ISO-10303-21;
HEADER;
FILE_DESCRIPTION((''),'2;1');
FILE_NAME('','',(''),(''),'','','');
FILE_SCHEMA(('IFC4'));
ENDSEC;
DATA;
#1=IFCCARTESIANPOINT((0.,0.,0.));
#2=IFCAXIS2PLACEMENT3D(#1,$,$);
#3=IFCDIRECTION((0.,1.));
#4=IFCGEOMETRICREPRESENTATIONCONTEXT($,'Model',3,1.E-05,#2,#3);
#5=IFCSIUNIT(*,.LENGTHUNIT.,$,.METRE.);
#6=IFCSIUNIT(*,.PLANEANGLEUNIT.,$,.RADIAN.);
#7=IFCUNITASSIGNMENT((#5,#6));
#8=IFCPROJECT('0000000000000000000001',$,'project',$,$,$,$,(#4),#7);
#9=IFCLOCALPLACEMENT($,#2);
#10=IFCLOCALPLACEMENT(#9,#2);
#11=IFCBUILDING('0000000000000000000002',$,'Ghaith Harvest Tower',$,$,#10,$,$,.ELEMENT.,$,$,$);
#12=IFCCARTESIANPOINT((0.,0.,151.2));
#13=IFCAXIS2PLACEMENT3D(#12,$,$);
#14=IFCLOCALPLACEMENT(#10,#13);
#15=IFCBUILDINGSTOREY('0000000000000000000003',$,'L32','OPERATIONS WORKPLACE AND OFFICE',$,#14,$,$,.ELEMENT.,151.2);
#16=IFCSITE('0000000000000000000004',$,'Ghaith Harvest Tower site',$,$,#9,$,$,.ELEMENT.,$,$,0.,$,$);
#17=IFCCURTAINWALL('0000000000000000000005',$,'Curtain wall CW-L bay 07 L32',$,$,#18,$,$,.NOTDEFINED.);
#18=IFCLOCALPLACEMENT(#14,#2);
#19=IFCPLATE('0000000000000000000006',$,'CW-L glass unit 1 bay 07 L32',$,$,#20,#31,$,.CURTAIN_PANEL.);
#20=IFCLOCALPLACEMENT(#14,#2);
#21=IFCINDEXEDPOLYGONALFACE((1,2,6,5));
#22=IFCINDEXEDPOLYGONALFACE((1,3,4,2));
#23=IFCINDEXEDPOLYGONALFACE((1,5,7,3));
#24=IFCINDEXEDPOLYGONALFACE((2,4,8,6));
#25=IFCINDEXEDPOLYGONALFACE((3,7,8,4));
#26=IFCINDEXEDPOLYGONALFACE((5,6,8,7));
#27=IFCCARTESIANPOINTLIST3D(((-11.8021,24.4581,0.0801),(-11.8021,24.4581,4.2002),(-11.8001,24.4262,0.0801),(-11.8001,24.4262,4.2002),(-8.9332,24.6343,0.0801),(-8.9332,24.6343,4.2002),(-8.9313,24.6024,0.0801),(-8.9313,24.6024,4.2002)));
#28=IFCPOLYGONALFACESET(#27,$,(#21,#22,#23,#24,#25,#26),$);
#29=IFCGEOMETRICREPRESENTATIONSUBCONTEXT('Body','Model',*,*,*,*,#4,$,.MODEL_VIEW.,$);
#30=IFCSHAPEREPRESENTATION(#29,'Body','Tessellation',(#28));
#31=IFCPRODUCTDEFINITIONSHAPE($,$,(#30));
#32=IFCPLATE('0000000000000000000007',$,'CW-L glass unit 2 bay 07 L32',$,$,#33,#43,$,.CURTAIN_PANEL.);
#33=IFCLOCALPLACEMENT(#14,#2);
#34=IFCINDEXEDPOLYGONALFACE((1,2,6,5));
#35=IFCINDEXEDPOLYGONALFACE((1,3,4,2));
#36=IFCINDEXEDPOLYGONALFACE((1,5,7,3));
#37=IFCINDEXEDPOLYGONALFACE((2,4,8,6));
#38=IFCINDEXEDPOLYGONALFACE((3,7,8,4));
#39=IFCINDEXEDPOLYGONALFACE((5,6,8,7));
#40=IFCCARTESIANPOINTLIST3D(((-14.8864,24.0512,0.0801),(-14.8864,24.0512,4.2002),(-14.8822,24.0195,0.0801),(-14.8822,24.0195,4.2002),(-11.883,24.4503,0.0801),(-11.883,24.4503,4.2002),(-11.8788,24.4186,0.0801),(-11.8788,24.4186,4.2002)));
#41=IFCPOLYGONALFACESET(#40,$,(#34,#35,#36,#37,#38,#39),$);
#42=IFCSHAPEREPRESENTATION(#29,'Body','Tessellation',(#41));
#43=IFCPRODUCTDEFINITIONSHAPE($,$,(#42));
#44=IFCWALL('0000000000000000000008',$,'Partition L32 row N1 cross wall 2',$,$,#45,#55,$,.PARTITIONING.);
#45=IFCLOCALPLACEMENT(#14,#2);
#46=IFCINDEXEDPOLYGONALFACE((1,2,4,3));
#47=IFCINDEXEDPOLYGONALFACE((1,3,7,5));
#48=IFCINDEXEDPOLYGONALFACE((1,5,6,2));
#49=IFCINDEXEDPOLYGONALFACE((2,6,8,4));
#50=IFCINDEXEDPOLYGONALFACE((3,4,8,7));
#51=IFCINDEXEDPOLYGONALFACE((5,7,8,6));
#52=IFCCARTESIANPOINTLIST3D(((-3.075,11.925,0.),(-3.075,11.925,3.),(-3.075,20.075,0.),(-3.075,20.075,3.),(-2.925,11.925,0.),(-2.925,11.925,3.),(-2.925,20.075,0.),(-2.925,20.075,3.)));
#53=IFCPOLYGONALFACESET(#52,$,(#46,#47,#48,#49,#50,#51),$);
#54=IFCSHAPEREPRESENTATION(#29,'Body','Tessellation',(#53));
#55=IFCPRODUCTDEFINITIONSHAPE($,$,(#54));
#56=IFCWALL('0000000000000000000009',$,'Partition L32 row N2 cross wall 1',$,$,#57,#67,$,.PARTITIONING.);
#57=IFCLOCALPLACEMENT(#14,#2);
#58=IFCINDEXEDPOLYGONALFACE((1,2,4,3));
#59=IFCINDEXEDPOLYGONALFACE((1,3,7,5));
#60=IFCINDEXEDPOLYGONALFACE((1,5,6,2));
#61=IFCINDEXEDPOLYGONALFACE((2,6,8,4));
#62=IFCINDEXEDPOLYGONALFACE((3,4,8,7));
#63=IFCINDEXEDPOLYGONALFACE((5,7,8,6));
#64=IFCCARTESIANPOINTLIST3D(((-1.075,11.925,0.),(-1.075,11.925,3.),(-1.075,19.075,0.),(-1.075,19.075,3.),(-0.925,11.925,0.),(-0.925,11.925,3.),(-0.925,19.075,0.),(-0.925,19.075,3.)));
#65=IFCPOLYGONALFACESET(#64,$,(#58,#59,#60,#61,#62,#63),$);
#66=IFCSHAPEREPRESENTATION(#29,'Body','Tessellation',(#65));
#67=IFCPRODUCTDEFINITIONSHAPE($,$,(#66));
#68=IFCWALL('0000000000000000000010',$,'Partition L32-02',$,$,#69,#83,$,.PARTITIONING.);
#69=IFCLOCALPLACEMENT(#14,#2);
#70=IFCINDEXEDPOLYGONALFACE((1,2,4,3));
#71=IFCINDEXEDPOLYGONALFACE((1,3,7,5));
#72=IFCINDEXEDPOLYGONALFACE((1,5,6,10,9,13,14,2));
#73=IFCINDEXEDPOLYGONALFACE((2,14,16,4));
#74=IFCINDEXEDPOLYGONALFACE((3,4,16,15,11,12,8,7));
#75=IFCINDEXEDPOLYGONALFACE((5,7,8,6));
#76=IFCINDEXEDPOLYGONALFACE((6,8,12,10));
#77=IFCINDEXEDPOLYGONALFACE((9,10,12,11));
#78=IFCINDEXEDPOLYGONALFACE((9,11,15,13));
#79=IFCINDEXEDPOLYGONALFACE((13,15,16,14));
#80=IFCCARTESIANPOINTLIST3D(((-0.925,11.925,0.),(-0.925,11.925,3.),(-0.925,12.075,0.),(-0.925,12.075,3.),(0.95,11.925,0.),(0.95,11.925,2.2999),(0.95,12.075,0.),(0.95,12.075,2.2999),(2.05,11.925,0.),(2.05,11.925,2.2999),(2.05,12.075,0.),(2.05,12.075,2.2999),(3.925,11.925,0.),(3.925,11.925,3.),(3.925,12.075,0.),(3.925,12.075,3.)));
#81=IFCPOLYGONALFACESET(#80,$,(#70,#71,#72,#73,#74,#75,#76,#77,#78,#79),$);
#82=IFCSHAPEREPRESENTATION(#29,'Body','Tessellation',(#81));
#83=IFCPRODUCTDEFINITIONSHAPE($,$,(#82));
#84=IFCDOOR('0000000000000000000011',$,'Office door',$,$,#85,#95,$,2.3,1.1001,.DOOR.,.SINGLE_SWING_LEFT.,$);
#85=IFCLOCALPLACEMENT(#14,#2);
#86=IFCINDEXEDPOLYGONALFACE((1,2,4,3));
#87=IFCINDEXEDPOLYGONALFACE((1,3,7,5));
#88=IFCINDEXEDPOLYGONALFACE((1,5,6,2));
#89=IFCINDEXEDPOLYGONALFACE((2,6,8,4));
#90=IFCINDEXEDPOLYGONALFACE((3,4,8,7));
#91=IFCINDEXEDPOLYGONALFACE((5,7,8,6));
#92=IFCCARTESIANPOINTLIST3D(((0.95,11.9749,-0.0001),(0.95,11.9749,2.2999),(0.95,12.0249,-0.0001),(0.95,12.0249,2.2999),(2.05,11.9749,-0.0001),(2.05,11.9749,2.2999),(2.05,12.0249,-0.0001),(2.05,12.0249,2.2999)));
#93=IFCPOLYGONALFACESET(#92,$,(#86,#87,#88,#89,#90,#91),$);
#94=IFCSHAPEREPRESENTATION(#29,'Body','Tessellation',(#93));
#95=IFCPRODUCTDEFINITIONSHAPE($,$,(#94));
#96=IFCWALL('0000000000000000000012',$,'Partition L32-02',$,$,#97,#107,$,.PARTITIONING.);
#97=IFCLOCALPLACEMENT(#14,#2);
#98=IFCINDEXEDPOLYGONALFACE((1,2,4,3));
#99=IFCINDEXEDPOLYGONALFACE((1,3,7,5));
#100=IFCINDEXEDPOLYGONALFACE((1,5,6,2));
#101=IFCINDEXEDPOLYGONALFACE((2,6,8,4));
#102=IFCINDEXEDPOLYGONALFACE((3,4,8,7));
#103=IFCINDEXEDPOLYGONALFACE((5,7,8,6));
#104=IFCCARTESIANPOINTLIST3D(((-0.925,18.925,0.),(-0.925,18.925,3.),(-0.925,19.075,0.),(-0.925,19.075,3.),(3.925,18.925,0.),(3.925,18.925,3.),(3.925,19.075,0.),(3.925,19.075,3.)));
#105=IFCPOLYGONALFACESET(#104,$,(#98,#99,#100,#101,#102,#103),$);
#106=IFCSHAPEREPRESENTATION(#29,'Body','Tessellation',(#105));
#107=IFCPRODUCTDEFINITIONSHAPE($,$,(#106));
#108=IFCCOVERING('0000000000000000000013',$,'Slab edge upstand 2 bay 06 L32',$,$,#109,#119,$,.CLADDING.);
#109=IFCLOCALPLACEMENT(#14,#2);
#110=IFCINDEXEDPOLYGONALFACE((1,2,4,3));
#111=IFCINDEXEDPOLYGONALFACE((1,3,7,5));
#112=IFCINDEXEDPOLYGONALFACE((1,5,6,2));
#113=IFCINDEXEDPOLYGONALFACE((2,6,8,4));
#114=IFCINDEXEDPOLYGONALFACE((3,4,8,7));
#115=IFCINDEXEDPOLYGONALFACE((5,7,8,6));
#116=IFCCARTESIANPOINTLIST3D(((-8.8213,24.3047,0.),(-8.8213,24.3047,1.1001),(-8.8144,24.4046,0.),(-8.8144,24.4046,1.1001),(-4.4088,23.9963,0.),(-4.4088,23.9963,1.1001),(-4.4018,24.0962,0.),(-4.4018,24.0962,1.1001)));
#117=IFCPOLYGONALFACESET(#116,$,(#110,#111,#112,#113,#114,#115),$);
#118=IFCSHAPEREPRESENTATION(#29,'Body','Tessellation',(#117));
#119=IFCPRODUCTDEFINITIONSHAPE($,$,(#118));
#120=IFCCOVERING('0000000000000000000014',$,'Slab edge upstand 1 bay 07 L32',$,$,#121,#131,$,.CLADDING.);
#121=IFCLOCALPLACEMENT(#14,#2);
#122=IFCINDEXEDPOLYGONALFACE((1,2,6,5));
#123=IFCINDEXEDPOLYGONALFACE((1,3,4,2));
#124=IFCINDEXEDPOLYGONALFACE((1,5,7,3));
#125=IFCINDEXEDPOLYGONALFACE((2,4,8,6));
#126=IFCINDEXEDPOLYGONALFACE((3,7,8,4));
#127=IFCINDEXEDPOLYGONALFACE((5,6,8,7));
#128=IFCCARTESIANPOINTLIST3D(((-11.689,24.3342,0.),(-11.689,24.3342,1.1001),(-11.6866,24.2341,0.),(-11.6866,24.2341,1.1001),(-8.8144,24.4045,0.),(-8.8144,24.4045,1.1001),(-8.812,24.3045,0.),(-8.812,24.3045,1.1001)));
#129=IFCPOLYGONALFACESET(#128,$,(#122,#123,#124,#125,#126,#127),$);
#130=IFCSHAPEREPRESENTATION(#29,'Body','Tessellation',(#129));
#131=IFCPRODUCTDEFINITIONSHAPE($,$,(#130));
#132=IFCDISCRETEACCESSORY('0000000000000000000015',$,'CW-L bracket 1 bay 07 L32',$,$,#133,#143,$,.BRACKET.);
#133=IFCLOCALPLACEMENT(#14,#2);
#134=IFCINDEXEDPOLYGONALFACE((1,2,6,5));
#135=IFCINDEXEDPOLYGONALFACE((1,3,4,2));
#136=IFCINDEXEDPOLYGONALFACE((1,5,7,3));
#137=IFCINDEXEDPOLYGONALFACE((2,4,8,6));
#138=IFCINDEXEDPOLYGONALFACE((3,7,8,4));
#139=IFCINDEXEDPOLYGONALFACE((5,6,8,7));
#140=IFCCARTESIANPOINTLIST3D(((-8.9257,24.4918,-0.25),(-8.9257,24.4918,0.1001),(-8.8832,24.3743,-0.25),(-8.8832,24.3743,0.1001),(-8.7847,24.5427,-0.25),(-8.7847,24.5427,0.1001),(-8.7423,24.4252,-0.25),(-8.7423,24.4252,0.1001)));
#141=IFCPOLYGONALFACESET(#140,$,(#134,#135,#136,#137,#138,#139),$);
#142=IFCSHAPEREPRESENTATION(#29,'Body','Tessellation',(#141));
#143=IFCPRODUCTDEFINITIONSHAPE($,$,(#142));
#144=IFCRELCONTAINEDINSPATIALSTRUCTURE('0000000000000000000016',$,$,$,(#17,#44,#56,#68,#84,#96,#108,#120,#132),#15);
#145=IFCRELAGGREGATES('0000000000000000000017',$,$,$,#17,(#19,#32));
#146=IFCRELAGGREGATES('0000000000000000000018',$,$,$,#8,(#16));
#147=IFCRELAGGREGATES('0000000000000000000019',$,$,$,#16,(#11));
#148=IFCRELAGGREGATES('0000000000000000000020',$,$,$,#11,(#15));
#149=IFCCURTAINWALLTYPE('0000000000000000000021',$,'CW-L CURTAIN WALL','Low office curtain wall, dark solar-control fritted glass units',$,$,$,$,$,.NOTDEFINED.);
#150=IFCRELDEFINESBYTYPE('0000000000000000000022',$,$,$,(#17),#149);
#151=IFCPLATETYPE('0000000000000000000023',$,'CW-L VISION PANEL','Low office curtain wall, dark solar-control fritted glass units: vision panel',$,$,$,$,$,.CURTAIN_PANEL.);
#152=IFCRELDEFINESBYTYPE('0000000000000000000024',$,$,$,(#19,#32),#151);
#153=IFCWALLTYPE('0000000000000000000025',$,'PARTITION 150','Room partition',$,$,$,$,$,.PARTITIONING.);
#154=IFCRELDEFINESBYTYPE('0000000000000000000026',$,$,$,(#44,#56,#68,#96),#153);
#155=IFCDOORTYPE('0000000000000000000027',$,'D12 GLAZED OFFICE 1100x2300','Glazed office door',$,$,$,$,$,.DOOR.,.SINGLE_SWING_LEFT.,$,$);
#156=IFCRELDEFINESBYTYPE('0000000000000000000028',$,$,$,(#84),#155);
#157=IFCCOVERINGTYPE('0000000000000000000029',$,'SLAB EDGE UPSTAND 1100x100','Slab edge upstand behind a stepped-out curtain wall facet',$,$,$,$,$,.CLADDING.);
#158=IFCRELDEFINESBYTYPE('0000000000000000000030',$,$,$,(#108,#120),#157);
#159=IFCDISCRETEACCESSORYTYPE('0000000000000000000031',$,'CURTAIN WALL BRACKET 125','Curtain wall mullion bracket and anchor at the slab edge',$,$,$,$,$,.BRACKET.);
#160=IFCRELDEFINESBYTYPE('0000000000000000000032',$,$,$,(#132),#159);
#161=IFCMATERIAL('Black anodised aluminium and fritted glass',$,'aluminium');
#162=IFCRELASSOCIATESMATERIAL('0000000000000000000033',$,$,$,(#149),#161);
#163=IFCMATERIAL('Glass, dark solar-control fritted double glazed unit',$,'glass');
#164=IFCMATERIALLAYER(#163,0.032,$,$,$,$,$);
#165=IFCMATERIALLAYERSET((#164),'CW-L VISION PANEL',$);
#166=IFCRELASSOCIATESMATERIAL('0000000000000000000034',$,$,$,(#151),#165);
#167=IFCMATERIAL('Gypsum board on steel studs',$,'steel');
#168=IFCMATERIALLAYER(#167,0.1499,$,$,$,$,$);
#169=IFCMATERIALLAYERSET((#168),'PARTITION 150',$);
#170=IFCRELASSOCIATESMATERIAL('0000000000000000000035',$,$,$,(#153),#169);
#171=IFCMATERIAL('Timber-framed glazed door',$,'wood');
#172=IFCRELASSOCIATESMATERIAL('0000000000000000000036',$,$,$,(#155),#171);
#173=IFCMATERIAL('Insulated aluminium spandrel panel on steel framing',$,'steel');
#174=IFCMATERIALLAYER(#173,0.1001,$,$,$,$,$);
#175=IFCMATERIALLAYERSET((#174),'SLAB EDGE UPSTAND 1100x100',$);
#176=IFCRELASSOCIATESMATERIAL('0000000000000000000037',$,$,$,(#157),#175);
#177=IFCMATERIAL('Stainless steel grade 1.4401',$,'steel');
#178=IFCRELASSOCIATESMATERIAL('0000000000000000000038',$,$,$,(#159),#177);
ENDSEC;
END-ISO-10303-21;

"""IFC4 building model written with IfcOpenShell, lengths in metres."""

from ifc_helpers import new_model, si_unit, direction, frame, frame_2d, origin, origin_2d, place, context, subcontext, project, spatial, rectangle, extrude, material, layer, layer_set, type_object, element, fill, aggregate, save


model = new_model("IFC4")

# Units and contexts
model_context = context("Model", 3, precision=1e-05, world=origin(), true_north=direction((0.0, 1.0)))
body_context = subcontext(model_context, "Body", "Model", "MODEL_VIEW")
ifc_project = project(units=[si_unit("LENGTHUNIT", "METRE"), si_unit("PLANEANGLEUNIT", "RADIAN")], contexts=[model_context])

# Site, building, storey
site_placement = place(None, origin())
site = spatial("IfcSite", under=ifc_project, at=site_placement, Name="Ghaith Harvest Tower site", CompositionType="ELEMENT", RefElevation=0.0)
building_placement = place(site_placement, origin())
building = spatial("IfcBuilding", under=site, at=building_placement, Name="Ghaith Harvest Tower", CompositionType="ELEMENT")
storey_placement = place(building_placement, frame((0.0, 0.0, 151.2)))
storey = spatial("IfcBuildingStorey", under=building, at=storey_placement, Name="L32", Description="OPERATIONS WORKPLACE AND OFFICE", CompositionType="ELEMENT", Elevation=151.2)

# Curtain wall
ifc_material_1 = material(Name="Black anodised aluminium and fritted glass", Category="aluminium")
curtain_wall_type = type_object("IfcCurtainWallType", Name="CW-L CURTAIN WALL", Description="Low office curtain wall, dark solar-control fritted glass units", PredefinedType="NOTDEFINED", material=ifc_material_1)
curtain_wall_1_placement = place(storey_placement, origin())
curtain_wall_1 = element("IfcCurtainWall", 1, at=curtain_wall_1_placement, inside=storey, type_object=curtain_wall_type, Name="Curtain wall CW-L bay 07 L32", PredefinedType="NOTDEFINED")

# Plates
ifc_material_2 = material(Name="Glass, dark solar-control fritted double glazed unit", Category="glass")
ifc_layer_1 = layer(ifc_material_2, 0.032)
ifc_layer_set_1 = layer_set([ifc_layer_1], Name="CW-L VISION PANEL")
plate_type = type_object("IfcPlateType", Name="CW-L VISION PANEL", Description="Low office curtain wall, dark solar-control fritted glass units: vision panel", PredefinedType="CURTAIN_PANEL", material=ifc_layer_set_1)
plate_1_placement = place(storey_placement, frame((-10.3667, 24.5303, 0.0801), z_axis=(0.0, 0.0, 1.0), x_axis=(-0.998119, -0.061303, 0.0)))
plate_1 = element("IfcPlate", 2, at=plate_1_placement, type_object=plate_type, Name="CW-L glass unit 1 bay 07 L32", PredefinedType="CURTAIN_PANEL", context=body_context, shape_type="SweptSolid", body=[
    extrude(rectangle(XDim=2.8743, YDim=0.032, at=origin_2d()), origin(), (0.0, 0.0, 1.0), 4.1201),
])
plate_2_placement = place(storey_placement, frame((-13.3826, 24.2349, 0.0801), z_axis=(0.0, 0.0, 1.0), x_axis=(-0.991286, -0.131728, 0.0)))
plate_2 = element("IfcPlate", 3, at=plate_2_placement, type_object=plate_type, Name="CW-L glass unit 2 bay 07 L32", PredefinedType="CURTAIN_PANEL", context=body_context, shape_type="SweptSolid", body=[
    extrude(rectangle(XDim=3.0298, YDim=0.032, at=origin_2d()), origin(), (0.0, 0.0, 1.0), 4.1201),
])
aggregate(curtain_wall_1, [plate_1, plate_2])

# Walls
ifc_material_3 = material(Name="Gypsum board on steel studs", Category="steel")
ifc_layer_2 = layer(ifc_material_3, 0.1499)
ifc_layer_set_2 = layer_set([ifc_layer_2], Name="PARTITION 150")
wall_type = type_object("IfcWallType", Name="PARTITION 150", Description="Room partition", PredefinedType="PARTITIONING", material=ifc_layer_set_2)
wall_1_placement = place(storey_placement, frame((-3.0, 11.925, 0.0), z_axis=(0.0, 0.0, 1.0), x_axis=(0.0, 1.0, 0.0)))
element("IfcWall", 4, at=wall_1_placement, inside=storey, type_object=wall_type, Name="Partition L32 row N1 cross wall 2", PredefinedType="PARTITIONING", context=body_context, shape_type="SweptSolid", body=[
    extrude(rectangle(XDim=8.1499, YDim=0.1499, at=frame_2d((4.075, 0.0))), origin(), (0.0, 0.0, 1.0), 3.0),
])
wall_2_placement = place(storey_placement, frame((-1.0, 11.925, 0.0), z_axis=(0.0, 0.0, 1.0), x_axis=(0.0, 1.0, 0.0)))
element("IfcWall", 5, at=wall_2_placement, inside=storey, type_object=wall_type, Name="Partition L32 row N2 cross wall 1", PredefinedType="PARTITIONING", context=body_context, shape_type="SweptSolid", body=[
    extrude(rectangle(XDim=7.1499, YDim=0.1499, at=frame_2d((3.575, 0.0))), origin(), (0.0, 0.0, 1.0), 3.0),
])

# Wall, opening, door
wall_3_placement = place(storey_placement, frame((-0.925, 12.0, 0.0), z_axis=(0.0, 0.0, 1.0), x_axis=(1.0, 0.0, 0.0)))
wall_3 = element("IfcWall", 6, at=wall_3_placement, inside=storey, type_object=wall_type, Name="Partition L32-02", PredefinedType="PARTITIONING", context=body_context, shape_type="SweptSolid", body=[
    extrude(rectangle(XDim=4.8501, YDim=0.1499, at=frame_2d((2.425, 0.0))), origin(), (0.0, 0.0, 1.0), 3.0),
])
opening_placement = place(wall_3_placement, frame((1.875, 0.0, 0.0)))
opening = element("IfcOpeningElement", 7, at=opening_placement, cuts=wall_3, PredefinedType="OPENING", context=body_context, shape_type="SweptSolid", body=[
    extrude(rectangle(XDim=1.1001, YDim=2.3, at=frame_2d((0.55, 1.1499))), frame((0.0, 0.085, 0.0), z_axis=(0.0, -1.0, 0.0), x_axis=(1.0, 0.0, 0.0)), (0.0, 0.0, 1.0), 0.1699),
])
ifc_material_4 = material(Name="Timber-framed glazed door", Category="wood")
door_type = type_object("IfcDoorType", Name="D12 GLAZED OFFICE 1100x2300", Description="Glazed office door", OperationType="SINGLE_SWING_LEFT", PredefinedType="DOOR", material=ifc_material_4)
door_placement = place(opening_placement, origin())
door = element("IfcDoor", 8, at=door_placement, inside=storey, type_object=door_type, Name="Office door", OperationType="SINGLE_SWING_LEFT", OverallHeight=2.3, OverallWidth=1.1001, PredefinedType="DOOR", context=body_context, shape_type="SweptSolid", body=[
    extrude(rectangle(XDim=1.1001, YDim=2.3, at=frame_2d((0.55, 1.1499))), frame((0.0, 0.0249, 0.0), z_axis=(0.0, -1.0, 0.0), x_axis=(1.0, 0.0, 0.0)), (0.0, 0.0, 1.0), 0.05),
])
fill(opening, door)

# Wall
wall_4_placement = place(storey_placement, frame((-0.925, 19.0, 0.0), z_axis=(0.0, 0.0, 1.0), x_axis=(1.0, 0.0, 0.0)))
element("IfcWall", 9, at=wall_4_placement, inside=storey, type_object=wall_type, Name="Partition L32-02", PredefinedType="PARTITIONING", context=body_context, shape_type="SweptSolid", body=[
    extrude(rectangle(XDim=4.8501, YDim=0.1499, at=frame_2d((2.425, 0.0))), origin(), (0.0, 0.0, 1.0), 3.0),
])

# Coverings
ifc_material_5 = material(Name="Insulated aluminium spandrel panel on steel framing", Category="steel")
ifc_layer_3 = layer(ifc_material_5, 0.1001)
ifc_layer_set_3 = layer_set([ifc_layer_3], Name="SLAB EDGE UPSTAND 1100x100")
covering_type = type_object("IfcCoveringType", Name="SLAB EDGE UPSTAND 1100x100", Description="Slab edge upstand behind a stepped-out curtain wall facet", PredefinedType="CLADDING", material=ifc_layer_set_3)
covering_1_placement = place(storey_placement, frame((-6.6116, 24.2004, 0.0), z_axis=(0.0, 0.0, 1.0), x_axis=(-0.997566, 0.069726, 0.0)))
element("IfcCovering", 10, at=covering_1_placement, inside=storey, type_object=covering_type, Name="Slab edge upstand 2 bay 06 L32", PredefinedType="CLADDING", context=body_context, shape_type="SweptSolid", body=[
    extrude(rectangle(XDim=4.4233, YDim=0.1001, at=origin_2d()), origin(), (0.0, 0.0, 1.0), 1.1001),
])
covering_2_placement = place(storey_placement, frame((-10.2505, 24.3193, 0.0), z_axis=(0.0, 0.0, 1.0), x_axis=(-0.999701, -0.024458, 0.0)))
element("IfcCovering", 11, at=covering_2_placement, inside=storey, type_object=covering_type, Name="Slab edge upstand 1 bay 07 L32", PredefinedType="CLADDING", context=body_context, shape_type="SweptSolid", body=[
    extrude(rectangle(XDim=2.8755, YDim=0.1001, at=origin_2d()), origin(), (0.0, 0.0, 1.0), 1.1001),
])

# Discrete accessory
ifc_material_6 = material(Name="Stainless steel grade 1.4401", Category="steel")
discrete_accessory_type = type_object("IfcDiscreteAccessoryType", Name="CURTAIN WALL BRACKET 125", Description="Curtain wall mullion bracket and anchor at the slab edge", PredefinedType="BRACKET", material=ifc_material_6)
discrete_accessory_placement = place(storey_placement, frame((-8.834, 24.4585, -0.25), z_axis=(0.0, 0.0, 1.0), x_axis=(-0.339699, 0.940534, 0.0)))
element("IfcDiscreteAccessory", 12, at=discrete_accessory_placement, inside=storey, type_object=discrete_accessory_type, Name="CW-L bracket 1 bay 07 L32", PredefinedType="BRACKET", context=body_context, shape_type="SweptSolid", body=[
    extrude(rectangle(XDim=0.125, YDim=0.1499, at=origin_2d()), origin(), (0.0, 0.0, 1.0), 0.3501),
])

save(model, "model.ifc")
